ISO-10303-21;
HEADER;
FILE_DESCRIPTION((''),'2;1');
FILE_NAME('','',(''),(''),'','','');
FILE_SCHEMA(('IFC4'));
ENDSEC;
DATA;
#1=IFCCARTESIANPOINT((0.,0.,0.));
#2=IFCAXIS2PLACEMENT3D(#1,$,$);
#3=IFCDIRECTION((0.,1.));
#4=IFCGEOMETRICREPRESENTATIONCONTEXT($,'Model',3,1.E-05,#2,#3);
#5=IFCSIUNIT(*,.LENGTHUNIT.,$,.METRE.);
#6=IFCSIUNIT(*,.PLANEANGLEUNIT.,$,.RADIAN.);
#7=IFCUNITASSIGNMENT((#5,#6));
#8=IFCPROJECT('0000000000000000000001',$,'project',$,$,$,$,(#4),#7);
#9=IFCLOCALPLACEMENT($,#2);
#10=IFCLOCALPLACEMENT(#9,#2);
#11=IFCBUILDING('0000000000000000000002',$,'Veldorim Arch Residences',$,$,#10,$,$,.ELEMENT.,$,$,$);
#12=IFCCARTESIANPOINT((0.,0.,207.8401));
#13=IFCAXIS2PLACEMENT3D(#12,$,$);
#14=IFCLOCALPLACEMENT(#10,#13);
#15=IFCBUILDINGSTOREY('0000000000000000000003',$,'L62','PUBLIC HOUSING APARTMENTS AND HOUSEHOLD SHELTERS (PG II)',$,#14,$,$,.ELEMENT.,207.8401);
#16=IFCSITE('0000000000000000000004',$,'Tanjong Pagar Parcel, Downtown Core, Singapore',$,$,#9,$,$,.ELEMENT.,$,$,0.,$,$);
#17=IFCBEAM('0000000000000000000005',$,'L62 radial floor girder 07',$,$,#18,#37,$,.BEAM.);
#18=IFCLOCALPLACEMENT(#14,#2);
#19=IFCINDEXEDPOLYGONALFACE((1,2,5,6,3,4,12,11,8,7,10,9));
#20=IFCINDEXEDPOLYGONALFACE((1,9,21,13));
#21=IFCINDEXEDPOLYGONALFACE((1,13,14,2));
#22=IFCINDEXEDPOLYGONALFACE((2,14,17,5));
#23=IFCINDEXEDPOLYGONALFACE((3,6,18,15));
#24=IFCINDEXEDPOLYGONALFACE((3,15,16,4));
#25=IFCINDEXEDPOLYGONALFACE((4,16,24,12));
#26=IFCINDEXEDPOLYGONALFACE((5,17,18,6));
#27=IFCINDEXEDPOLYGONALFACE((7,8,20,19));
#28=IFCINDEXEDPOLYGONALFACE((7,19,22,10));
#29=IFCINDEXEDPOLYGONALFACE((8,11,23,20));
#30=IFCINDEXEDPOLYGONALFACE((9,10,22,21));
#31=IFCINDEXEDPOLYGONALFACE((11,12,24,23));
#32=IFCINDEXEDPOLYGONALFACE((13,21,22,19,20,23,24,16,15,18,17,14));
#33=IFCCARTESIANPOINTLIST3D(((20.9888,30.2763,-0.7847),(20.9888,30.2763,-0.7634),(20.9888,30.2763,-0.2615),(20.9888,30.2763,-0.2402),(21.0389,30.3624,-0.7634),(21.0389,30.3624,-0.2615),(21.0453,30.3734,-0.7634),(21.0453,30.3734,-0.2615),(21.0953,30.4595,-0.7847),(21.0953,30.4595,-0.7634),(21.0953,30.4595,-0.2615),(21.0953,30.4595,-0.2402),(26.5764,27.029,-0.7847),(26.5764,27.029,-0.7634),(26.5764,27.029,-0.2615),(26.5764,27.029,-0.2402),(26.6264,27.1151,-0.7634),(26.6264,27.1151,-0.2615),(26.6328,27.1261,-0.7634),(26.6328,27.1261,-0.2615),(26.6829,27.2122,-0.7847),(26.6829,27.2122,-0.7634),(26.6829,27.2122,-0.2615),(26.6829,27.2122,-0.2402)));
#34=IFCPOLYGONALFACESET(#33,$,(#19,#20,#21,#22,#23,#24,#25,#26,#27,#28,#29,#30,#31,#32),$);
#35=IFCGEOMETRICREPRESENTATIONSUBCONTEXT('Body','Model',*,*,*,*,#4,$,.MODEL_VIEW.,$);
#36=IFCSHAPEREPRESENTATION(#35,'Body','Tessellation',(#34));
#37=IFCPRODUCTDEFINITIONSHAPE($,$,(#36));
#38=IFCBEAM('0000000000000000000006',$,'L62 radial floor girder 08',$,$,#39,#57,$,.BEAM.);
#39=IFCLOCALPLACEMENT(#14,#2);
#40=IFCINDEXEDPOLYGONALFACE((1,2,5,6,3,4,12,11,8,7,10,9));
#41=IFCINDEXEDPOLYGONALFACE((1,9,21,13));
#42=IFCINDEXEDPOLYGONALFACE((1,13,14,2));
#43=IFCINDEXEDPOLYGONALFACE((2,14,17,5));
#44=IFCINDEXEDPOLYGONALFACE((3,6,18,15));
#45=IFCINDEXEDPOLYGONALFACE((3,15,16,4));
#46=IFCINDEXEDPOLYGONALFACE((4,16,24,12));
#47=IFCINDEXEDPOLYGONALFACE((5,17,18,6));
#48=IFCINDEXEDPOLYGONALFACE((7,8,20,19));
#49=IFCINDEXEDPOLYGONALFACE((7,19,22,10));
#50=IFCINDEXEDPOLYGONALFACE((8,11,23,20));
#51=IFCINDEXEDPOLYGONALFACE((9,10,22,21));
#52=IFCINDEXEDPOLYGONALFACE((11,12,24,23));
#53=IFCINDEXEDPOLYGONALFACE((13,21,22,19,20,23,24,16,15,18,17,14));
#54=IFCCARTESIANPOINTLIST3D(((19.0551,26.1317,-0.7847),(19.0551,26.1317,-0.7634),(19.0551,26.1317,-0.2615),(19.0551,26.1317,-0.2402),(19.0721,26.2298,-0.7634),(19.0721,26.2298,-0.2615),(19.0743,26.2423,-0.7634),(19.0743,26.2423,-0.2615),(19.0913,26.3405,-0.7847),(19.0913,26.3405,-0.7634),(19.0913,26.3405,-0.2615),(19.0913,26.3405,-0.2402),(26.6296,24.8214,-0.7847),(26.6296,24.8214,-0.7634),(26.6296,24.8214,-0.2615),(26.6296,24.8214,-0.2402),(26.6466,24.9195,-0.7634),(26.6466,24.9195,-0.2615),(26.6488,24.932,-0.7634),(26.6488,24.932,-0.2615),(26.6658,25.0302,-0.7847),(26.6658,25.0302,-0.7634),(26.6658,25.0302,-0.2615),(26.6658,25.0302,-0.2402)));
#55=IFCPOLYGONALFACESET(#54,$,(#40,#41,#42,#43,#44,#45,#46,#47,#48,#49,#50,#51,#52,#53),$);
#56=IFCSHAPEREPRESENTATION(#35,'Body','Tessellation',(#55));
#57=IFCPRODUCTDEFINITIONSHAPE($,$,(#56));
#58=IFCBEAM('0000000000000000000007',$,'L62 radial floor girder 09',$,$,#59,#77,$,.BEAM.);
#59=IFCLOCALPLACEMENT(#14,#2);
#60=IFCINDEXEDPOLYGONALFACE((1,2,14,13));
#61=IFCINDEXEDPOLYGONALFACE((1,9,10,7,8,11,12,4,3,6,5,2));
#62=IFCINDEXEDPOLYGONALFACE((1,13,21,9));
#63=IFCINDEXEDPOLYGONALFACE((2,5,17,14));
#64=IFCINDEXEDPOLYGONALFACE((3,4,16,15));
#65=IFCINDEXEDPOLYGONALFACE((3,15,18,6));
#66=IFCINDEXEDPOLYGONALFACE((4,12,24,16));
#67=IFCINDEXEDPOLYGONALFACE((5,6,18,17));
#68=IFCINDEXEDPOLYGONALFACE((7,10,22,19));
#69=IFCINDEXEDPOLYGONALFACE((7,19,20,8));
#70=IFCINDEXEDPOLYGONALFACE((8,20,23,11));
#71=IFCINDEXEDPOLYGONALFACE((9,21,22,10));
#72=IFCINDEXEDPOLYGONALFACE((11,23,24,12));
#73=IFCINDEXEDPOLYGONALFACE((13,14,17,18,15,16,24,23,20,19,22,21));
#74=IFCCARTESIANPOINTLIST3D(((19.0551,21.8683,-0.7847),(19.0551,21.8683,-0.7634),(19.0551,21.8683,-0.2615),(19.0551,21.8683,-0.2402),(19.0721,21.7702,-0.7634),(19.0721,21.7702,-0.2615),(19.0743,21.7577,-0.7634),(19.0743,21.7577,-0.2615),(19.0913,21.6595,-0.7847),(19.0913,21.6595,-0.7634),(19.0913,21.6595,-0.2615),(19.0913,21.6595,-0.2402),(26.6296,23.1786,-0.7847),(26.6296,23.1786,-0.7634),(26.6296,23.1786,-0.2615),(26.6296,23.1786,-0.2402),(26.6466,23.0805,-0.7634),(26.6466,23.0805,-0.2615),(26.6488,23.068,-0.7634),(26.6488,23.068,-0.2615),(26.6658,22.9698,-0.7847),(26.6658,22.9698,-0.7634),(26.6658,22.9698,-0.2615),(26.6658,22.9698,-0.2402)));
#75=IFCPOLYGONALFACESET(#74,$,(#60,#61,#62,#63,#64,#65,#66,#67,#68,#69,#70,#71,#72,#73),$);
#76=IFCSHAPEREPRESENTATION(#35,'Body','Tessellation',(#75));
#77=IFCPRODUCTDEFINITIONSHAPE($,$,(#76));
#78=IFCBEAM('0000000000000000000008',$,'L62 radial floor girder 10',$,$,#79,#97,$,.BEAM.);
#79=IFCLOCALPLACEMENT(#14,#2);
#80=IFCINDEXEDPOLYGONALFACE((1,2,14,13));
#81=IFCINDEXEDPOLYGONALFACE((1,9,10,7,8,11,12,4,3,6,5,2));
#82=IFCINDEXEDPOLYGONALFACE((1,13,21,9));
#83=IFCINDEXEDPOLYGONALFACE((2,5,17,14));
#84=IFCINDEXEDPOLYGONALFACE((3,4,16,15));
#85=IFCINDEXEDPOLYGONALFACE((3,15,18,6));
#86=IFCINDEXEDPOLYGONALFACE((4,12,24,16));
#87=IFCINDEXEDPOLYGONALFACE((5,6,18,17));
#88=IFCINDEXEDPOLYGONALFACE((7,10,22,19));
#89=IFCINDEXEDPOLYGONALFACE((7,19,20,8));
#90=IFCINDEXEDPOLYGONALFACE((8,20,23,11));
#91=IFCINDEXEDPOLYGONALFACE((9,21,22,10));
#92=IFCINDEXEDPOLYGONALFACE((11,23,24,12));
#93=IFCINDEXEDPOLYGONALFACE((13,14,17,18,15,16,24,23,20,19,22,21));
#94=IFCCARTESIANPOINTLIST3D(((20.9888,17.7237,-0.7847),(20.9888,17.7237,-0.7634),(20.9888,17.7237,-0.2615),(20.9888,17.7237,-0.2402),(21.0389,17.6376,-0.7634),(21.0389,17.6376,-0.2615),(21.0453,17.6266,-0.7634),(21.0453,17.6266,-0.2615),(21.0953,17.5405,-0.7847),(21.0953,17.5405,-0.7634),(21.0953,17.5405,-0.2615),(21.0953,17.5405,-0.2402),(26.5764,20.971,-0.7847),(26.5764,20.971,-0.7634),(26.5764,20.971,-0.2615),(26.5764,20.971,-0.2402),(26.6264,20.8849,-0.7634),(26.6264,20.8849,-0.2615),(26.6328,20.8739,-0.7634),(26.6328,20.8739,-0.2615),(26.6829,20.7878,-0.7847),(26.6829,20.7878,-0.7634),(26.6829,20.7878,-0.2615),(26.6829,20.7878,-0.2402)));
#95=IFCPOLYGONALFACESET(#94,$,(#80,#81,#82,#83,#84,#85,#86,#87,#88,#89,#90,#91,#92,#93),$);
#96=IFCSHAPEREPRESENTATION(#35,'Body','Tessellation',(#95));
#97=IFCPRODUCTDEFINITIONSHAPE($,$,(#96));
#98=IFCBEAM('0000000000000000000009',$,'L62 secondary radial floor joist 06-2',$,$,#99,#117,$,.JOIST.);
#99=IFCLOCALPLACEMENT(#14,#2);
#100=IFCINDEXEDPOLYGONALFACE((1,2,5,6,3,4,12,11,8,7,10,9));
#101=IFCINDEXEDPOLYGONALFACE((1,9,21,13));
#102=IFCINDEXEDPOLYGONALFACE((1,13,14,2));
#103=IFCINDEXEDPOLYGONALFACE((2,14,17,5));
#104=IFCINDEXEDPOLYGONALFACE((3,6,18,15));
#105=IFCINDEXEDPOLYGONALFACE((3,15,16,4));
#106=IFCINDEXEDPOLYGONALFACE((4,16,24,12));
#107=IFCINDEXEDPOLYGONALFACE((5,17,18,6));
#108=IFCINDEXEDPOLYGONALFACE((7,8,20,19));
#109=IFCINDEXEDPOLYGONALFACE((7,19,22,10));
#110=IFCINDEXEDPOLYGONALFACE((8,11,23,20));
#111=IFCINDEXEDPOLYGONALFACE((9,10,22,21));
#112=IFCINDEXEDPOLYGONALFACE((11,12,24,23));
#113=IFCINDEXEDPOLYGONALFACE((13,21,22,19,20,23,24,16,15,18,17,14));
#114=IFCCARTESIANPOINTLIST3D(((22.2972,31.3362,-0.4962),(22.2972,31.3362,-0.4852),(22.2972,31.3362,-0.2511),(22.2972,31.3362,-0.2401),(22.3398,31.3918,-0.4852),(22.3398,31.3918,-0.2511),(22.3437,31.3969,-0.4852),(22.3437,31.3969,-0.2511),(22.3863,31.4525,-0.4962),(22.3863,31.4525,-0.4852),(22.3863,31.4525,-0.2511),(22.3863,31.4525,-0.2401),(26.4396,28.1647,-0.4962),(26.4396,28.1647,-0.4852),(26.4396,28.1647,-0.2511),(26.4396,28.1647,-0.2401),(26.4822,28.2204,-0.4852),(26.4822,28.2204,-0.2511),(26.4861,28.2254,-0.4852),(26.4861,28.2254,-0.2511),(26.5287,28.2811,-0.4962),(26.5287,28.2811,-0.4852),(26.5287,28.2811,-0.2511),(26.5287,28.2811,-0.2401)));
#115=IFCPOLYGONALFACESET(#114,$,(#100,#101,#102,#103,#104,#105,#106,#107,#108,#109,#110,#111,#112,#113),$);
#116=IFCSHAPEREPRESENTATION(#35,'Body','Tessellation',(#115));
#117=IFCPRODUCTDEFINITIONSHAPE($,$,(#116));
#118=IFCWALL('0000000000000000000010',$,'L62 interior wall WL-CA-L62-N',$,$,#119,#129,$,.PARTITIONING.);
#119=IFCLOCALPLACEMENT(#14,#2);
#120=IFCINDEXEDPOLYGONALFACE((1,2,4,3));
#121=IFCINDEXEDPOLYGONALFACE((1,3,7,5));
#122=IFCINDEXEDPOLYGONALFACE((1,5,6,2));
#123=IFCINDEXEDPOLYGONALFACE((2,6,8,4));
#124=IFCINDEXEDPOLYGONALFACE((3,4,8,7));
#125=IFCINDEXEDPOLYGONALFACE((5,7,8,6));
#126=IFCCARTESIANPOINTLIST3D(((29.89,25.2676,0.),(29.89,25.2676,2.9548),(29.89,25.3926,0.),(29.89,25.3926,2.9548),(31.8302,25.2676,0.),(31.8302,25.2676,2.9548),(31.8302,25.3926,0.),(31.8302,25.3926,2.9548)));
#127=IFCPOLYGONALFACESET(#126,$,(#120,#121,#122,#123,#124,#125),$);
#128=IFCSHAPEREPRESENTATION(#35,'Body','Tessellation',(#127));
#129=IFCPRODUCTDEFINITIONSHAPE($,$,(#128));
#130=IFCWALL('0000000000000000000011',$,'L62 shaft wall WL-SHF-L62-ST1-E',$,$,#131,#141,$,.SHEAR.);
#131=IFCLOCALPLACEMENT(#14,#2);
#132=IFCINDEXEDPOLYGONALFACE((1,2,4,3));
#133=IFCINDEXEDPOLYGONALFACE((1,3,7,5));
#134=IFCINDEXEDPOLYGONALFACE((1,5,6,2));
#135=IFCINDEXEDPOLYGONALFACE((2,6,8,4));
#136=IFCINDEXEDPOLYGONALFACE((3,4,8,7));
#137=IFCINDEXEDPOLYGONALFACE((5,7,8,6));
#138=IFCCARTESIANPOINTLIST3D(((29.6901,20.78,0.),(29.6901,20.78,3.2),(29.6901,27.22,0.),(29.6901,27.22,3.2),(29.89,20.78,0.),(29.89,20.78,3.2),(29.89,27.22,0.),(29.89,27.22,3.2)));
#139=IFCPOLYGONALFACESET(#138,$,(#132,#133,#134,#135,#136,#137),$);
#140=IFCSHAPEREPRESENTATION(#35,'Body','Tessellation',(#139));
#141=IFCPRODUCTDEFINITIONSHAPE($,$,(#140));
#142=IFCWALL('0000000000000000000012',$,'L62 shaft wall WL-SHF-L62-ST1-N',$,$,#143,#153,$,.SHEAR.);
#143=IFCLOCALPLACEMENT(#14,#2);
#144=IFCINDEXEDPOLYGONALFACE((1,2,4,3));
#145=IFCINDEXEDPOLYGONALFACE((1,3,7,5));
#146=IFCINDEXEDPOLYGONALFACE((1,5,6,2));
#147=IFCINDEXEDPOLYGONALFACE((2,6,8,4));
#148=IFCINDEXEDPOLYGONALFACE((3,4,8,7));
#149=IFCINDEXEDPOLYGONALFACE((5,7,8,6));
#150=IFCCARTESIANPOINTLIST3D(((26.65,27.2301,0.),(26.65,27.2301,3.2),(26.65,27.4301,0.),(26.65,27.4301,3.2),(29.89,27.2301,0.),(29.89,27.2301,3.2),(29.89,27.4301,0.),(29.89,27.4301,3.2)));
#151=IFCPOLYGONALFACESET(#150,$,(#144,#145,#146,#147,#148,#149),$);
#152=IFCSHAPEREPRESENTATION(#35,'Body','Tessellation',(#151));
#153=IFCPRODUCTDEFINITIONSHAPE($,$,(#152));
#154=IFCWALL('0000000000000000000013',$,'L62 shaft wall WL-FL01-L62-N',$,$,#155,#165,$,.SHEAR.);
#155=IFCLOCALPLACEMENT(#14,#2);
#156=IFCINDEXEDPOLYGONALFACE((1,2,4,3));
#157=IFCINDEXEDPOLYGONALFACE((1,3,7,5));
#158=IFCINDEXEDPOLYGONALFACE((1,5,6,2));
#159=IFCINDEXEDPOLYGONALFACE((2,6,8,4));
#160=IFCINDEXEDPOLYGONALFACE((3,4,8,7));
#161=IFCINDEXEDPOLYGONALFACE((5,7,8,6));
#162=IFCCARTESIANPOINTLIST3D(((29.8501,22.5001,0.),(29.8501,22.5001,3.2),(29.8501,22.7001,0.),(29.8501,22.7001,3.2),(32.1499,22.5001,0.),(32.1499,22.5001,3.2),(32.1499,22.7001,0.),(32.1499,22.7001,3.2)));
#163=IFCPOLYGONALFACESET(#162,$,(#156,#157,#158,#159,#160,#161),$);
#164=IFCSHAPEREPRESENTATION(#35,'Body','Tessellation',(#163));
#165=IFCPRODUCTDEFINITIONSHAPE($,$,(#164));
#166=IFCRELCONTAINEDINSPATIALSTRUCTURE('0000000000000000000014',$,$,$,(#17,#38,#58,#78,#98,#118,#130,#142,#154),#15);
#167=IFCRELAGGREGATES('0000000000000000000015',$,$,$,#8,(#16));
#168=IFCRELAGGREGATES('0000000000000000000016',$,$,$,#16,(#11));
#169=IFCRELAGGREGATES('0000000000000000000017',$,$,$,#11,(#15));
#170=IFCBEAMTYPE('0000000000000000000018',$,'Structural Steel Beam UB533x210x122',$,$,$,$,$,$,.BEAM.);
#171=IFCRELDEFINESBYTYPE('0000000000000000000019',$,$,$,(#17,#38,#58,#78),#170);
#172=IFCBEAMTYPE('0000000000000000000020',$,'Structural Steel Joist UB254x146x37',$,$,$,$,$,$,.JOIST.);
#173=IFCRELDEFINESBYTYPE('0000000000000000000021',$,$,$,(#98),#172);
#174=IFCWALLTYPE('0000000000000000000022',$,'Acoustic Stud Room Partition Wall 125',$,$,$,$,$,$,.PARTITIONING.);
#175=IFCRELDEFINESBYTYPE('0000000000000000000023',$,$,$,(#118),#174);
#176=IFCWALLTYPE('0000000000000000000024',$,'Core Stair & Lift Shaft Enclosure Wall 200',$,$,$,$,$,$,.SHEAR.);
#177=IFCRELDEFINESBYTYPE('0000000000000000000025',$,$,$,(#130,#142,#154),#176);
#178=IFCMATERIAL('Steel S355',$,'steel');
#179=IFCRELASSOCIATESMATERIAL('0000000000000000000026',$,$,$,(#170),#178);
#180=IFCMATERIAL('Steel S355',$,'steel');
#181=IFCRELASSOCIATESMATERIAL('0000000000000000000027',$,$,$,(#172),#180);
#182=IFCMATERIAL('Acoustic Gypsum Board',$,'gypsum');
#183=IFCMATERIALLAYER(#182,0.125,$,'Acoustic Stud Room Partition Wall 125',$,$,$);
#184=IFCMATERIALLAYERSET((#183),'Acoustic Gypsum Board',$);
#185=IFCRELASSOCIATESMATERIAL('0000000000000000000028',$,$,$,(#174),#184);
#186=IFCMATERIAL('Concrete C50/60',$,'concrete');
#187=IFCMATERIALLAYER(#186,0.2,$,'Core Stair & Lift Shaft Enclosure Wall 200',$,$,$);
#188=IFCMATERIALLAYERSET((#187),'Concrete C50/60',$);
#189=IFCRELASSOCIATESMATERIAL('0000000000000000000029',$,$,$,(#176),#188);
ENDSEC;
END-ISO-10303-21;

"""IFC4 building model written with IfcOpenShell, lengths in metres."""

from ifc_helpers import new_model, si_unit, direction, frame, frame_2d, origin, origin_2d, place, context, subcontext, project, spatial, rectangle, i_section, extrude, material, layer, layer_set, material_profile, profile_set, type_object, element, save


model = new_model("IFC4")

# Units and contexts
model_context = context("Model", 3, precision=1e-05, world=origin(), true_north=direction((0.0, 1.0)))
body_context = subcontext(model_context, "Body", "Model", "MODEL_VIEW")
ifc_project = project(units=[si_unit("LENGTHUNIT", "METRE"), si_unit("PLANEANGLEUNIT", "RADIAN")], contexts=[model_context])

# Site, building, storey
site_placement = place(None, origin())
site = spatial("IfcSite", under=ifc_project, at=site_placement, Name="Tanjong Pagar Parcel, Downtown Core, Singapore", CompositionType="ELEMENT", RefElevation=0.0)
building_placement = place(site_placement, origin())
building = spatial("IfcBuilding", under=site, at=building_placement, Name="Veldorim Arch Residences", CompositionType="ELEMENT")
storey_placement = place(building_placement, frame((0.0, 0.0, 207.8401)))
storey = spatial("IfcBuildingStorey", under=building, at=storey_placement, Name="L62", Description="PUBLIC HOUSING APARTMENTS AND HOUSEHOLD SHELTERS (PG II)", CompositionType="ELEMENT", Elevation=207.8401)

# Beams
ifc_material_1 = material(Name="Steel S355", Category="steel")
ifc_material_profile_1 = material_profile(ifc_material_1, i_section(OverallWidth=0.2119, OverallDepth=0.5444, WebThickness=0.0127, FlangeThickness=0.0212, at=origin_2d()), Name="UB533x210x122")
ifc_profile_set_1 = profile_set([ifc_material_profile_1], Name="Steel S355")
beam_type_1 = type_object("IfcBeamType", Name="Structural Steel Beam UB533x210x122", PredefinedType="BEAM", material=ifc_profile_set_1)
beam_1_placement = place(storey_placement, frame((26.6296, 27.1206, -0.5125), z_axis=(-0.864596, 0.502468, 0.0), x_axis=(-0.502468, -0.864596, 0.0)))
element("IfcBeam", 1, at=beam_1_placement, inside=storey, type_object=beam_type_1, Name="L62 radial floor girder 07", PredefinedType="BEAM", context=body_context, shape_type="SweptSolid", body=[
    extrude(i_section(OverallWidth=0.2119, OverallDepth=0.5444, WebThickness=0.0127, FlangeThickness=0.0212, at=origin_2d()), origin(), (0.0, 0.0, 1.0), 6.4626),
])
for number, where, z_axis, x_axis, name in (
    (2, (26.6477, 24.9258, -0.5125), (-0.985365, 0.170458, 0.0), (-0.170458, -0.985365, 0.0), "L62 radial floor girder 08"),
    (3, (26.6477, 23.0742, -0.5125), (-0.985365, -0.170458, 0.0), (0.170458, -0.985365, 0.0), "L62 radial floor girder 09"),
):
    element("IfcBeam", number, at=place(storey_placement, frame(where, z_axis=z_axis, x_axis=x_axis)), inside=storey, type_object=beam_type_1, Name=name, PredefinedType="BEAM", context=body_context, shape_type="SweptSolid", body=[
        extrude(i_section(OverallWidth=0.2119, OverallDepth=0.5444, WebThickness=0.0127, FlangeThickness=0.0212, at=origin_2d()), origin(), (0.0, 0.0, 1.0), 7.687),
    ])
beam_2_placement = place(storey_placement, frame((26.6296, 20.8794, -0.5125), z_axis=(-0.864596, -0.502468, 0.0), x_axis=(0.502468, -0.864596, 0.0)))
element("IfcBeam", 4, at=beam_2_placement, inside=storey, type_object=beam_type_1, Name="L62 radial floor girder 10", PredefinedType="BEAM", context=body_context, shape_type="SweptSolid", body=[
    extrude(i_section(OverallWidth=0.2119, OverallDepth=0.5444, WebThickness=0.0127, FlangeThickness=0.0212, at=origin_2d()), origin(), (0.0, 0.0, 1.0), 6.4626),
])
ifc_material_2 = material(Name="Steel S355", Category="steel")
ifc_material_profile_2 = material_profile(ifc_material_2, i_section(OverallWidth=0.1465, OverallDepth=0.2561, WebThickness=0.0063, FlangeThickness=0.011, at=origin_2d()), Name="UB254x146x37")
ifc_profile_set_2 = profile_set([ifc_material_profile_2], Name="Steel S355")
beam_type_2 = type_object("IfcBeamType", Name="Structural Steel Joist UB254x146x37", PredefinedType="JOIST", material=ifc_profile_set_2)
beam_3_placement = place(storey_placement, frame((26.4841, 28.2229, -0.3682), z_axis=(-0.794014, 0.6079, 0.0), x_axis=(-0.6079, -0.794014, 0.0)))
element("IfcBeam", 5, at=beam_3_placement, inside=storey, type_object=beam_type_2, Name="L62 secondary radial floor joist 06-2", PredefinedType="JOIST", context=body_context, shape_type="SweptSolid", body=[
    extrude(i_section(OverallWidth=0.1465, OverallDepth=0.2561, WebThickness=0.0063, FlangeThickness=0.011, at=origin_2d()), origin(), (0.0, 0.0, 1.0), 5.217),
])

# Walls
ifc_material_3 = material(Name="Acoustic Gypsum Board", Category="gypsum")
ifc_layer_1 = layer(ifc_material_3, 0.125, Name="Acoustic Stud Room Partition Wall 125")
ifc_layer_set_1 = layer_set([ifc_layer_1], Name="Acoustic Gypsum Board")
wall_type_1 = type_object("IfcWallType", Name="Acoustic Stud Room Partition Wall 125", PredefinedType="PARTITIONING", material=ifc_layer_set_1)
wall_1_placement = place(storey_placement, frame((29.8899, 25.3301, 0.0), z_axis=(0.0, 0.0, 1.0), x_axis=(1.0, 0.0, 0.0)))
element("IfcWall", 6, at=wall_1_placement, inside=storey, type_object=wall_type_1, Name="L62 interior wall WL-CA-L62-N", PredefinedType="PARTITIONING", context=body_context, shape_type="SweptSolid", body=[
    extrude(rectangle(XDim=1.9402, YDim=0.125, at=frame_2d((0.9702, 0.0))), origin(), (0.0, 0.0, 1.0), 2.9548),
])
ifc_material_4 = material(Name="Concrete C50/60", Category="concrete")
ifc_layer_2 = layer(ifc_material_4, 0.2, Name="Core Stair & Lift Shaft Enclosure Wall 200")
ifc_layer_set_2 = layer_set([ifc_layer_2], Name="Concrete C50/60")
wall_type_2 = type_object("IfcWallType", Name="Core Stair & Lift Shaft Enclosure Wall 200", PredefinedType="SHEAR", material=ifc_layer_set_2)
wall_2_placement = place(storey_placement, frame((29.79, 20.78, 0.0), z_axis=(0.0, 0.0, 1.0), x_axis=(0.0, 1.0, 0.0)))
element("IfcWall", 7, at=wall_2_placement, inside=storey, type_object=wall_type_2, Name="L62 shaft wall WL-SHF-L62-ST1-E", PredefinedType="SHEAR", context=body_context, shape_type="SweptSolid", body=[
    extrude(rectangle(XDim=6.4399, YDim=0.2, at=frame_2d((3.22, 0.0))), origin(), (0.0, 0.0, 1.0), 3.2),
])
wall_3_placement = place(storey_placement, frame((26.6499, 27.3301, 0.0), z_axis=(0.0, 0.0, 1.0), x_axis=(1.0, 0.0, 0.0)))
element("IfcWall", 8, at=wall_3_placement, inside=storey, type_object=wall_type_2, Name="L62 shaft wall WL-SHF-L62-ST1-N", PredefinedType="SHEAR", context=body_context, shape_type="SweptSolid", body=[
    extrude(rectangle(XDim=3.24, YDim=0.2, at=frame_2d((1.6201, 0.0))), origin(), (0.0, 0.0, 1.0), 3.2),
])

# Wall
wall_4_placement = place(storey_placement, frame((29.8501, 22.6001, 0.0), z_axis=(0.0, 0.0, 1.0), x_axis=(1.0, 0.0, 0.0)))
element("IfcWall", 9, at=wall_4_placement, inside=storey, type_object=wall_type_2, Name="L62 shaft wall WL-FL01-L62-N", PredefinedType="SHEAR", context=body_context, shape_type="SweptSolid", body=[
    extrude(rectangle(XDim=2.2998, YDim=0.2, at=frame_2d((1.1499, 0.0))), origin(), (0.0, 0.0, 1.0), 3.2),
])

save(model, "model.ifc")
